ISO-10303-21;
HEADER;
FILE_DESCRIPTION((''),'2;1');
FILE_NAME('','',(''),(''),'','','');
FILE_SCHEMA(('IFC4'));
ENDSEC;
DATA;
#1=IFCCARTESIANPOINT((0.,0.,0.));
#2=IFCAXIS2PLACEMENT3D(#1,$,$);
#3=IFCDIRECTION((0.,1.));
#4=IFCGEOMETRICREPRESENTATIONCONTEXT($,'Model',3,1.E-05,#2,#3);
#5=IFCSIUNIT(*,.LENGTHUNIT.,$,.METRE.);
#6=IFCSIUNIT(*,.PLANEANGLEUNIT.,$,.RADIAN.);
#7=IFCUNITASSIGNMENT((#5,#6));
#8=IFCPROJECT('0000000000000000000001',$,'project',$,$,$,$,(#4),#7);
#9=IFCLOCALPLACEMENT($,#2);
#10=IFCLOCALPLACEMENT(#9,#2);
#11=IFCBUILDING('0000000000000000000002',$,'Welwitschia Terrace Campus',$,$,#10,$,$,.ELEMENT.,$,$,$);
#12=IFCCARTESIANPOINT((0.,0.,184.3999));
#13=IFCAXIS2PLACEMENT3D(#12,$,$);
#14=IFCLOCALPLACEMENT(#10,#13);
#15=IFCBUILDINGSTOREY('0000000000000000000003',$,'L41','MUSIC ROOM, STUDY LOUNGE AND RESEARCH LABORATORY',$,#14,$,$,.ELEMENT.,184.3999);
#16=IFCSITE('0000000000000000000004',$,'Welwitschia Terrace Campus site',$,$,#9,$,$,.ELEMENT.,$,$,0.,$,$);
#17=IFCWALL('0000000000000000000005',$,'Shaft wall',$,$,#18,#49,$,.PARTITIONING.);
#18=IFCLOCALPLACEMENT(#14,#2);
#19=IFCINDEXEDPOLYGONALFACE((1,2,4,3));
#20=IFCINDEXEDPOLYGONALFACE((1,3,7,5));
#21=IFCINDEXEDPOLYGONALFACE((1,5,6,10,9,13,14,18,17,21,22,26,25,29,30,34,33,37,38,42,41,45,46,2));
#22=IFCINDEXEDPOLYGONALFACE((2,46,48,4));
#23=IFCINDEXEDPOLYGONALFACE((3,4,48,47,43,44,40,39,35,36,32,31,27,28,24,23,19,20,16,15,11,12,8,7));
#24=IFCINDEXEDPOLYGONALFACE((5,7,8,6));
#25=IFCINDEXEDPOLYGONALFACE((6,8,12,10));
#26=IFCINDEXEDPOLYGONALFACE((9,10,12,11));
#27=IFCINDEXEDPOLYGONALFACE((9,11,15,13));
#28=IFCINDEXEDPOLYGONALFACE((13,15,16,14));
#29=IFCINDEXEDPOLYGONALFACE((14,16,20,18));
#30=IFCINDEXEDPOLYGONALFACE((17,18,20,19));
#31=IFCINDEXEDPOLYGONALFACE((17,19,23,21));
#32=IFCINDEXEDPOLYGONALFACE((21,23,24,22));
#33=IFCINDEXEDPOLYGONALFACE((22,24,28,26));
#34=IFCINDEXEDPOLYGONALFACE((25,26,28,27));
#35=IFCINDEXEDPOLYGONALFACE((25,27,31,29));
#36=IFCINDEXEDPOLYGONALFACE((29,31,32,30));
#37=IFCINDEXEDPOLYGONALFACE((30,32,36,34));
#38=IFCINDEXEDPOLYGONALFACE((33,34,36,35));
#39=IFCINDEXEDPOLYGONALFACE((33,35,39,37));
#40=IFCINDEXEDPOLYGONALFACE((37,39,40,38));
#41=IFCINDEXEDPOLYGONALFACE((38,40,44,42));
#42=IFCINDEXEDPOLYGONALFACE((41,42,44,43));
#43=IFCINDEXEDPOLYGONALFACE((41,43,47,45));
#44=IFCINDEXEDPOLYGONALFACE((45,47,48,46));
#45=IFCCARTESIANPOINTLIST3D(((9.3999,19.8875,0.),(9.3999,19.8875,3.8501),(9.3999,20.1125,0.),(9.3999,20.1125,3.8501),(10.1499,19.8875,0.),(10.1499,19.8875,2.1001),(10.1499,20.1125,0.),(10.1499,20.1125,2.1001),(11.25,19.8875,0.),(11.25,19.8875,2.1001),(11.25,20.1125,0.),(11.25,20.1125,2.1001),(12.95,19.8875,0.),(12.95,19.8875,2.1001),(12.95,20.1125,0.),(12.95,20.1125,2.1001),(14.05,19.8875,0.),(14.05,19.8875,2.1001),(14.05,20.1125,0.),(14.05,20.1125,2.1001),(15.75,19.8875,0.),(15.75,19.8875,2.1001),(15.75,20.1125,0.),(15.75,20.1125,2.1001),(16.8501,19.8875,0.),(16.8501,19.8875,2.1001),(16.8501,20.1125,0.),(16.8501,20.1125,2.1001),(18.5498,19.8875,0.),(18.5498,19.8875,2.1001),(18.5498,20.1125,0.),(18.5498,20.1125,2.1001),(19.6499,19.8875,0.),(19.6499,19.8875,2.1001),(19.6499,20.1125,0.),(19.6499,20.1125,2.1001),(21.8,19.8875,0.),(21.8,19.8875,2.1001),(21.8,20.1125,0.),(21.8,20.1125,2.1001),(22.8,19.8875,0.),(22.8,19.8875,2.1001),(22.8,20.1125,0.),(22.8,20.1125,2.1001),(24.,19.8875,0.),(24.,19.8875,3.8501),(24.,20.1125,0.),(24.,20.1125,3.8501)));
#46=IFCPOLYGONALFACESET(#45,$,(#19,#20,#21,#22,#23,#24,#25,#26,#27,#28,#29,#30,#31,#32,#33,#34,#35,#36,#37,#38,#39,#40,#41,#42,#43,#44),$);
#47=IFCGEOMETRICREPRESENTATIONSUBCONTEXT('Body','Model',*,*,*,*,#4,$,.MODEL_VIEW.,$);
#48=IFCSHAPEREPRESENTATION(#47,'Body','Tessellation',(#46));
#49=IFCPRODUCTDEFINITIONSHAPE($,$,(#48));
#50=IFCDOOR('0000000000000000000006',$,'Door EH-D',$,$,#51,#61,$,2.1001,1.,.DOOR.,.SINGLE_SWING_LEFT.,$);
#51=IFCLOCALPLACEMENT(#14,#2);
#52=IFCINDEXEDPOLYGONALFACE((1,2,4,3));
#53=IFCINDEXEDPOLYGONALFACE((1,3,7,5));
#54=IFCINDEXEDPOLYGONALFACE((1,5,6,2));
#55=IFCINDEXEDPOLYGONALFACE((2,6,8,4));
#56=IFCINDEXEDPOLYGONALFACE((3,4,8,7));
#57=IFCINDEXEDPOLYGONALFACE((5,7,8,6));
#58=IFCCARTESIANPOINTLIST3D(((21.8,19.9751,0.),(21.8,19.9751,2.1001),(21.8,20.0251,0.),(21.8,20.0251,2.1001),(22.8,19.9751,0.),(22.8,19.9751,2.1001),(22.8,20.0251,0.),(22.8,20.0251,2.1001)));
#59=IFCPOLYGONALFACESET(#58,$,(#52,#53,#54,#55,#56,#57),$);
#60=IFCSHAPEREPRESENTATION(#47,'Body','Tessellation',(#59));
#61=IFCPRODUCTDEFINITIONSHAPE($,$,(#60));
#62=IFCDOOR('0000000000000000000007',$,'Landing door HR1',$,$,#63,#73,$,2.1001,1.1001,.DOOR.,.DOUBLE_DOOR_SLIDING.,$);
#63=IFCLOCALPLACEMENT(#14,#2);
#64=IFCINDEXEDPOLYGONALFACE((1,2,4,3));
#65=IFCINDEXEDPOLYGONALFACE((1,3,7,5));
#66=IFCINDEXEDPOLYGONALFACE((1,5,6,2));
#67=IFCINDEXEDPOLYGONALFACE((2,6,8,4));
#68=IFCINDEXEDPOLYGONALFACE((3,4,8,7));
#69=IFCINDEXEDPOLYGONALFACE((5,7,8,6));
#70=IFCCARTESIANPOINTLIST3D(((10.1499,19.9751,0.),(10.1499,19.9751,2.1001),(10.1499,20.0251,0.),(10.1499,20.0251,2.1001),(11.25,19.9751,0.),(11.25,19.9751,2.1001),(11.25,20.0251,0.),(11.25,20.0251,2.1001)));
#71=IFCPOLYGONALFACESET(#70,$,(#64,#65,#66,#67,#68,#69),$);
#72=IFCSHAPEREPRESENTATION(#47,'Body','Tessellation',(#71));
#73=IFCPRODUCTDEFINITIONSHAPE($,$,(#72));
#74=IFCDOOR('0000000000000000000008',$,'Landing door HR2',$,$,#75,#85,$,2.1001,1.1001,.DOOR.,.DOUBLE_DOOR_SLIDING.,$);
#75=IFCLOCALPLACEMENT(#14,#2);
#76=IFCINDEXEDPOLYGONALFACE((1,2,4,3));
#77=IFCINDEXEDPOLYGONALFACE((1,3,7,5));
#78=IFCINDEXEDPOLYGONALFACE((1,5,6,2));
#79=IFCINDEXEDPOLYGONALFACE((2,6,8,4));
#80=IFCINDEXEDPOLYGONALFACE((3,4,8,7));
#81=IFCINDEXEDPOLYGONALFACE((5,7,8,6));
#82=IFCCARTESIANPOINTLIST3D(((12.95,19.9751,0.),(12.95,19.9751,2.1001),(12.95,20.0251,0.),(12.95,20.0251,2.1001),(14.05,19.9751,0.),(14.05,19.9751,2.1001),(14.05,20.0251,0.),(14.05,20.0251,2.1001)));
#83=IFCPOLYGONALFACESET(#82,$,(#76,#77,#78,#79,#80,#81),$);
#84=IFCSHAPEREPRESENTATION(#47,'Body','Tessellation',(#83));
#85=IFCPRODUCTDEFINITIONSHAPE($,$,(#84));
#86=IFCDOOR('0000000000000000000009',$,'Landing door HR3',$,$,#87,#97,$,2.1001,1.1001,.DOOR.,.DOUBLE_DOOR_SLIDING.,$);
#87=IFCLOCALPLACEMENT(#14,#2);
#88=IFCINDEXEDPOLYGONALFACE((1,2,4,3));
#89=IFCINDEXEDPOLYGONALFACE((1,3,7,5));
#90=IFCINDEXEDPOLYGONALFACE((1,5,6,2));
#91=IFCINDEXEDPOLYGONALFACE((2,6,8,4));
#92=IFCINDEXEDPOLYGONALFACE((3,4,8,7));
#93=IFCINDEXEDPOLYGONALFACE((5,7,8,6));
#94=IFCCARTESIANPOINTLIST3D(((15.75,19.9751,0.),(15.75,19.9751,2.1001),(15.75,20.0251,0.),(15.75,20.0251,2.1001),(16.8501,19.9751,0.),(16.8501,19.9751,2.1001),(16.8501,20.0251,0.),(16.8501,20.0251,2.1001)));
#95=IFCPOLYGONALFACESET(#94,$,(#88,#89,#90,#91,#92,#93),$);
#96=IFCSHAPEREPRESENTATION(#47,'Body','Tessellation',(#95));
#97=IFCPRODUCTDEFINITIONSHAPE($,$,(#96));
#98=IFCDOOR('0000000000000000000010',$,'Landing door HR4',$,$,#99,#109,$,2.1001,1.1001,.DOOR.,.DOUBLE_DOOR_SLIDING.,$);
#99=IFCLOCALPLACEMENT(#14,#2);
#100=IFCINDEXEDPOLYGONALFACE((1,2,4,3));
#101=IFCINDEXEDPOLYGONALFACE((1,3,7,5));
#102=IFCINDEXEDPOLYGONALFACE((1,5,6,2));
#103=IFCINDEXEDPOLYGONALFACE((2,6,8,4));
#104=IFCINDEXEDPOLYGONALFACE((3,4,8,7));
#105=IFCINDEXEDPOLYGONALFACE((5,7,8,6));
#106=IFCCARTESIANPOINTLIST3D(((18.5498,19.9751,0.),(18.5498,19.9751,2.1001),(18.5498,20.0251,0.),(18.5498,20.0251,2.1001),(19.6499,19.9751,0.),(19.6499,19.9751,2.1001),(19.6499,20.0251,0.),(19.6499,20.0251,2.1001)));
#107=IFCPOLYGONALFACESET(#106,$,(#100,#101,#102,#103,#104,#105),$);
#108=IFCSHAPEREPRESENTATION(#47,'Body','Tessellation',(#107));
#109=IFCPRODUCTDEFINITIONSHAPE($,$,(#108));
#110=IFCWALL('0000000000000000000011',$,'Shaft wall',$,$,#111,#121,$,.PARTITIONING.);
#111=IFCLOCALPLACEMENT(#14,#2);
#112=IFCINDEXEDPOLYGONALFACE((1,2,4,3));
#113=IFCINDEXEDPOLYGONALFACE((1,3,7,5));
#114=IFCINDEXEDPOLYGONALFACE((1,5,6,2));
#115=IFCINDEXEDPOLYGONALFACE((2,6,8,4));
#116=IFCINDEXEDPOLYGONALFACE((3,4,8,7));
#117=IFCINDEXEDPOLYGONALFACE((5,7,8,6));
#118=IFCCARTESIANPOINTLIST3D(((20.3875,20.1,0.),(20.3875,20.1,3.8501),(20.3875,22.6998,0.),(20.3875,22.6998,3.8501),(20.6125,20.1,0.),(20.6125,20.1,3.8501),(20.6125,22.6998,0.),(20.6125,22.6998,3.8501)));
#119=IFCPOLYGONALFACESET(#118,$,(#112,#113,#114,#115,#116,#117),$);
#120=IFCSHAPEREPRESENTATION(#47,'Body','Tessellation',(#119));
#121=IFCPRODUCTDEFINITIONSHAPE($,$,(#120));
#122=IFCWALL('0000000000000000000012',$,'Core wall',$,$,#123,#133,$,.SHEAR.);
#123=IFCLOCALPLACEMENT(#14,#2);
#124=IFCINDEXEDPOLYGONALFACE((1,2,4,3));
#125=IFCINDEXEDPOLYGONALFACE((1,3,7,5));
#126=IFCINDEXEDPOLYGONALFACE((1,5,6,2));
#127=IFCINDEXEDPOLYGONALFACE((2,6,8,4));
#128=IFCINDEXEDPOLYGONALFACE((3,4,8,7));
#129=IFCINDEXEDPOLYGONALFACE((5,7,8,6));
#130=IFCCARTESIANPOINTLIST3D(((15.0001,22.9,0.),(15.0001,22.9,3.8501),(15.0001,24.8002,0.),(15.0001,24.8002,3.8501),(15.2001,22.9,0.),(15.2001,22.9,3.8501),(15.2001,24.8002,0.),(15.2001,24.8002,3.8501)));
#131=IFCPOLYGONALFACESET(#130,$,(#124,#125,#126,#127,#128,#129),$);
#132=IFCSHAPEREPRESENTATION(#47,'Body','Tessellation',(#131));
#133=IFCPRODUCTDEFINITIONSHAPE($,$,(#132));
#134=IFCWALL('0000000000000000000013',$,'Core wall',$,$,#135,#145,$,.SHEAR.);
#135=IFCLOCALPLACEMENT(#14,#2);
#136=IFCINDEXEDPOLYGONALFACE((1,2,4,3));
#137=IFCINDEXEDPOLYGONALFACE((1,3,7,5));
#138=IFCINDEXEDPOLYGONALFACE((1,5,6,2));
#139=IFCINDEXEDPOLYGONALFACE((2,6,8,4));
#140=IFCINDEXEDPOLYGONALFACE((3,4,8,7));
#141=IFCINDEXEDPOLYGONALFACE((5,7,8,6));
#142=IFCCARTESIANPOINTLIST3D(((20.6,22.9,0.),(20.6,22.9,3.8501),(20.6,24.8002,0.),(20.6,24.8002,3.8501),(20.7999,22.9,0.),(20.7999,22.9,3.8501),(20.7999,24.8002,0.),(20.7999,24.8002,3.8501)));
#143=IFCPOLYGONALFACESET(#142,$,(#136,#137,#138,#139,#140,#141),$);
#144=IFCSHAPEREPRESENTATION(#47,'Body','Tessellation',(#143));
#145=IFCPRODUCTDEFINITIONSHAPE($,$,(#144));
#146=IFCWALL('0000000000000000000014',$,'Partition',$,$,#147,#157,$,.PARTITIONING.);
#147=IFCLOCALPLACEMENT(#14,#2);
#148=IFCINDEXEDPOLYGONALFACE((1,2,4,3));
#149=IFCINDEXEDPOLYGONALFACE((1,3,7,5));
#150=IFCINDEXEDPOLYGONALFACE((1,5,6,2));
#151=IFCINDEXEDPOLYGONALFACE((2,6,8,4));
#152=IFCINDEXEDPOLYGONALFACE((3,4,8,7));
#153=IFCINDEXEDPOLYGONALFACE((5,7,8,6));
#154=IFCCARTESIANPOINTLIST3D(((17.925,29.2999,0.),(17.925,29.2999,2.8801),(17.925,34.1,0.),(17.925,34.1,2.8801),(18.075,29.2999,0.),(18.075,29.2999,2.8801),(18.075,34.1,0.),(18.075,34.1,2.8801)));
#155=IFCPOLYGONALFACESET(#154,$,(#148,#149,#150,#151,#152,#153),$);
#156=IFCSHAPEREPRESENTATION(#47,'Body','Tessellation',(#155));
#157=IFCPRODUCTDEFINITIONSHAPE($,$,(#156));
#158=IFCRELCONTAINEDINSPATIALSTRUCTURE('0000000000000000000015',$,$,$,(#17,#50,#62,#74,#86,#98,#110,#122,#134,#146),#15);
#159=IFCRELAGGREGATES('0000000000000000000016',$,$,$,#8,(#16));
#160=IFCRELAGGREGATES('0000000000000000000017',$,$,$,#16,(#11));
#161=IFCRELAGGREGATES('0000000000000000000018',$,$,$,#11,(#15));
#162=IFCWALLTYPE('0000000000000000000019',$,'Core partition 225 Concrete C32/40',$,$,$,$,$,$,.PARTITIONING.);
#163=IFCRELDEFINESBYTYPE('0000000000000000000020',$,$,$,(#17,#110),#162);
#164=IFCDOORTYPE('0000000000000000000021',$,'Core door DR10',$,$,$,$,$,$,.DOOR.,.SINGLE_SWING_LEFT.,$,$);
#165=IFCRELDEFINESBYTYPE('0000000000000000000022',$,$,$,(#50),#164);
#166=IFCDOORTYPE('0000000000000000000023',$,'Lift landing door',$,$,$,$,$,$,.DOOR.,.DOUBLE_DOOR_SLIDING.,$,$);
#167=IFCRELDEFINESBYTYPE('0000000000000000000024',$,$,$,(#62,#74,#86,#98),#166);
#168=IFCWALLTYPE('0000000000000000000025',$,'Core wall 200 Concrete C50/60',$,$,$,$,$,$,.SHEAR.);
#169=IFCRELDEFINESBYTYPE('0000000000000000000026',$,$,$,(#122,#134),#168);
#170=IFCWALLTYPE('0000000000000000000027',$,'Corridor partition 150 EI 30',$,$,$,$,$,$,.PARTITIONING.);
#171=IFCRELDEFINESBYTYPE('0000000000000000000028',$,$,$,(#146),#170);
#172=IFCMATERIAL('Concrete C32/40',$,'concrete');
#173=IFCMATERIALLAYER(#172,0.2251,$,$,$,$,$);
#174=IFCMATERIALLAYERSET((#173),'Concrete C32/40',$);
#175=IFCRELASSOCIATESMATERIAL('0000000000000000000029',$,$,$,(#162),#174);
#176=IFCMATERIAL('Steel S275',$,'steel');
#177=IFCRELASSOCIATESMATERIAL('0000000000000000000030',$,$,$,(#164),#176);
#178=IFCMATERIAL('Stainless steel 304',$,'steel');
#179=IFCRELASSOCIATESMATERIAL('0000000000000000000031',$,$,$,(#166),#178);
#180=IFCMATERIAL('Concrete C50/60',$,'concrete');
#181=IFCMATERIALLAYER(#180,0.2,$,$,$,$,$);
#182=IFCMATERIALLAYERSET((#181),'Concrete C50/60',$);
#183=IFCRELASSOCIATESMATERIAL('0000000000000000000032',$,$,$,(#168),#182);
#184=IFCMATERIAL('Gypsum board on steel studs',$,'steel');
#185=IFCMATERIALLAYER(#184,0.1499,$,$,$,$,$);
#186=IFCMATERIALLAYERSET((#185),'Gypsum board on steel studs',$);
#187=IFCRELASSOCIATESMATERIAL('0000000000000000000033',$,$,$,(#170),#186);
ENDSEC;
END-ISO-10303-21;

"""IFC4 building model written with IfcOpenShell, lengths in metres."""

from ifc_helpers import new_model, si_unit, direction, frame, frame_2d, origin, place, context, subcontext, project, spatial, rectangle, extrude, material, layer, layer_set, type_object, element, fill, save


model = new_model("IFC4")

# Units and contexts
model_context = context("Model", 3, precision=1e-05, world=origin(), true_north=direction((0.0, 1.0)))
body_context = subcontext(model_context, "Body", "Model", "MODEL_VIEW")
ifc_project = project(units=[si_unit("LENGTHUNIT", "METRE"), si_unit("PLANEANGLEUNIT", "RADIAN")], contexts=[model_context])

# Site, building, storey
site_placement = place(None, origin())
site = spatial("IfcSite", under=ifc_project, at=site_placement, Name="Welwitschia Terrace Campus site", CompositionType="ELEMENT", RefElevation=0.0)
building_placement = place(site_placement, origin())
building = spatial("IfcBuilding", under=site, at=building_placement, Name="Welwitschia Terrace Campus", CompositionType="ELEMENT")
storey_placement = place(building_placement, frame((0.0, 0.0, 184.3999)))
storey = spatial("IfcBuildingStorey", under=building, at=storey_placement, Name="L41", Description="MUSIC ROOM, STUDY LOUNGE AND RESEARCH LABORATORY", CompositionType="ELEMENT", Elevation=184.3999)

# Wall, openings, doors
ifc_material_1 = material(Name="Concrete C32/40", Category="concrete")
ifc_layer_1 = layer(ifc_material_1, 0.2251)
ifc_layer_set_1 = layer_set([ifc_layer_1], Name="Concrete C32/40")
wall_type_1 = type_object("IfcWallType", Name="Core partition 225 Concrete C32/40", PredefinedType="PARTITIONING", material=ifc_layer_set_1)
wall_1_placement = place(storey_placement, frame((24.0, 20.0, 0.0), z_axis=(0.0, 0.0, 1.0), x_axis=(-1.0, 0.0, 0.0)))
wall_1 = element("IfcWall", 1, at=wall_1_placement, inside=storey, type_object=wall_type_1, Name="Shaft wall", PredefinedType="PARTITIONING", context=body_context, shape_type="SweptSolid", body=[
    extrude(rectangle(XDim=14.6001, YDim=0.2251, at=frame_2d((7.3, 0.0))), origin(), (0.0, 0.0, 1.0), 3.8501),
])
opening_1_placement = place(wall_1_placement, frame((12.75, 0.0, 0.0)))
opening_1 = element("IfcOpeningElement", 2, at=opening_1_placement, cuts=wall_1, PredefinedType="OPENING", context=body_context, shape_type="SweptSolid", body=[
    extrude(rectangle(XDim=1.1001, YDim=2.1001, at=frame_2d((0.55, 1.05))), frame((0.0, 0.1226, 0.0), z_axis=(0.0, -1.0, 0.0), x_axis=(1.0, 0.0, 0.0)), (0.0, 0.0, 1.0), 0.2451),
])
opening_2_placement = place(wall_1_placement, frame((9.95, 0.0, 0.0)))
opening_2 = element("IfcOpeningElement", 3, at=opening_2_placement, cuts=wall_1, PredefinedType="OPENING", context=body_context, shape_type="SweptSolid", body=[
    extrude(rectangle(XDim=1.1001, YDim=2.1001, at=frame_2d((0.55, 1.05))), frame((0.0, 0.1226, 0.0), z_axis=(0.0, -1.0, 0.0), x_axis=(1.0, 0.0, 0.0)), (0.0, 0.0, 1.0), 0.2451),
])
opening_3_placement = place(wall_1_placement, frame((7.1499, 0.0, 0.0)))
opening_3 = element("IfcOpeningElement", 4, at=opening_3_placement, cuts=wall_1, PredefinedType="OPENING", context=body_context, shape_type="SweptSolid", body=[
    extrude(rectangle(XDim=1.1001, YDim=2.1001, at=frame_2d((0.55, 1.05))), frame((0.0, 0.1226, 0.0), z_axis=(0.0, -1.0, 0.0), x_axis=(1.0, 0.0, 0.0)), (0.0, 0.0, 1.0), 0.2451),
])
opening_4_placement = place(wall_1_placement, frame((4.3501, 0.0, 0.0)))
opening_4 = element("IfcOpeningElement", 5, at=opening_4_placement, cuts=wall_1, PredefinedType="OPENING", context=body_context, shape_type="SweptSolid", body=[
    extrude(rectangle(XDim=1.1001, YDim=2.1001, at=frame_2d((0.55, 1.05))), frame((0.0, 0.1226, 0.0), z_axis=(0.0, -1.0, 0.0), x_axis=(1.0, 0.0, 0.0)), (0.0, 0.0, 1.0), 0.2451),
])
opening_5_placement = place(wall_1_placement, frame((1.2, 0.0, 0.0)))
opening_5 = element("IfcOpeningElement", 6, at=opening_5_placement, cuts=wall_1, PredefinedType="OPENING", context=body_context, shape_type="SweptSolid", body=[
    extrude(rectangle(XDim=1.0, YDim=2.1001, at=frame_2d((0.5, 1.05))), frame((0.0, 0.1226, 0.0), z_axis=(0.0, -1.0, 0.0), x_axis=(1.0, 0.0, 0.0)), (0.0, 0.0, 1.0), 0.2451),
])
ifc_material_2 = material(Name="Steel S275", Category="steel")
door_type_1 = type_object("IfcDoorType", Name="Core door DR10", OperationType="SINGLE_SWING_LEFT", PredefinedType="DOOR", material=ifc_material_2)
door_1_placement = place(opening_5_placement, origin())
door_1 = element("IfcDoor", 7, at=door_1_placement, inside=storey, type_object=door_type_1, Name="Door EH-D", OperationType="SINGLE_SWING_LEFT", OverallHeight=2.1001, OverallWidth=1.0, PredefinedType="DOOR", context=body_context, shape_type="SweptSolid", body=[
    extrude(rectangle(XDim=1.0, YDim=2.1001, at=frame_2d((0.5, 1.05))), frame((0.0, 0.0249, 0.0), z_axis=(0.0, -1.0, 0.0), x_axis=(1.0, 0.0, 0.0)), (0.0, 0.0, 1.0), 0.05),
])
fill(opening_5, door_1)
ifc_material_3 = material(Name="Stainless steel 304", Category="steel")
door_type_2 = type_object("IfcDoorType", Name="Lift landing door", OperationType="DOUBLE_DOOR_SLIDING", PredefinedType="DOOR", material=ifc_material_3)
door_2_placement = place(opening_1_placement, origin())
door_2 = element("IfcDoor", 8, at=door_2_placement, inside=storey, type_object=door_type_2, Name="Landing door HR1", OperationType="DOUBLE_DOOR_SLIDING", OverallHeight=2.1001, OverallWidth=1.1001, PredefinedType="DOOR", context=body_context, shape_type="SweptSolid", body=[
    extrude(rectangle(XDim=1.1001, YDim=2.1001, at=frame_2d((0.55, 1.05))), frame((0.0, 0.0249, 0.0), z_axis=(0.0, -1.0, 0.0), x_axis=(1.0, 0.0, 0.0)), (0.0, 0.0, 1.0), 0.05),
])
fill(opening_1, door_2)
door_3_placement = place(opening_2_placement, origin())
door_3 = element("IfcDoor", 9, at=door_3_placement, inside=storey, type_object=door_type_2, Name="Landing door HR2", OperationType="DOUBLE_DOOR_SLIDING", OverallHeight=2.1001, OverallWidth=1.1001, PredefinedType="DOOR", context=body_context, shape_type="SweptSolid", body=[
    extrude(rectangle(XDim=1.1001, YDim=2.1001, at=frame_2d((0.55, 1.05))), frame((0.0, 0.0249, 0.0), z_axis=(0.0, -1.0, 0.0), x_axis=(1.0, 0.0, 0.0)), (0.0, 0.0, 1.0), 0.05),
])
fill(opening_2, door_3)
door_4_placement = place(opening_3_placement, origin())
door_4 = element("IfcDoor", 10, at=door_4_placement, inside=storey, type_object=door_type_2, Name="Landing door HR3", OperationType="DOUBLE_DOOR_SLIDING", OverallHeight=2.1001, OverallWidth=1.1001, PredefinedType="DOOR", context=body_context, shape_type="SweptSolid", body=[
    extrude(rectangle(XDim=1.1001, YDim=2.1001, at=frame_2d((0.55, 1.05))), frame((0.0, 0.0249, 0.0), z_axis=(0.0, -1.0, 0.0), x_axis=(1.0, 0.0, 0.0)), (0.0, 0.0, 1.0), 0.05),
])
fill(opening_3, door_4)
door_5_placement = place(opening_4_placement, origin())
door_5 = element("IfcDoor", 11, at=door_5_placement, inside=storey, type_object=door_type_2, Name="Landing door HR4", OperationType="DOUBLE_DOOR_SLIDING", OverallHeight=2.1001, OverallWidth=1.1001, PredefinedType="DOOR", context=body_context, shape_type="SweptSolid", body=[
    extrude(rectangle(XDim=1.1001, YDim=2.1001, at=frame_2d((0.55, 1.05))), frame((0.0, 0.0249, 0.0), z_axis=(0.0, -1.0, 0.0), x_axis=(1.0, 0.0, 0.0)), (0.0, 0.0, 1.0), 0.05),
])
fill(opening_4, door_5)

# Walls
wall_2_placement = place(storey_placement, frame((20.5, 20.1001, 0.0), z_axis=(0.0, 0.0, 1.0), x_axis=(0.0, 1.0, 0.0)))
element("IfcWall", 12, at=wall_2_placement, inside=storey, type_object=wall_type_1, Name="Shaft wall", PredefinedType="PARTITIONING", context=body_context, shape_type="SweptSolid", body=[
    extrude(rectangle(XDim=2.5999, YDim=0.2251, at=frame_2d((1.2998, 0.0))), origin(), (0.0, 0.0, 1.0), 3.8501),
])
ifc_material_4 = material(Name="Concrete C50/60", Category="concrete")
ifc_layer_2 = layer(ifc_material_4, 0.2)
ifc_layer_set_2 = layer_set([ifc_layer_2], Name="Concrete C50/60")
wall_type_2 = type_object("IfcWallType", Name="Core wall 200 Concrete C50/60", PredefinedType="SHEAR", material=ifc_layer_set_2)
for number, where, z_axis, x_axis, name in (
    (13, (15.1001, 22.8999, 0.0), (0.0, 0.0, 1.0), (0.0, 1.0, 0.0), "Core wall"),
    (14, (20.7, 22.8999, 0.0), (0.0, 0.0, 1.0), (0.0, 1.0, 0.0), "Core wall"),
):
    element("IfcWall", number, at=place(storey_placement, frame(where, z_axis=z_axis, x_axis=x_axis)), inside=storey, type_object=wall_type_2, Name=name, PredefinedType="SHEAR", context=body_context, shape_type="SweptSolid", body=[
        extrude(rectangle(XDim=1.9001, YDim=0.2, at=frame_2d((0.9502, 0.0))), origin(), (0.0, 0.0, 1.0), 3.8501),
    ])
ifc_material_5 = material(Name="Gypsum board on steel studs", Category="steel")
ifc_layer_3 = layer(ifc_material_5, 0.1499)
ifc_layer_set_3 = layer_set([ifc_layer_3], Name="Gypsum board on steel studs")
wall_type_3 = type_object("IfcWallType", Name="Corridor partition 150 EI 30", PredefinedType="PARTITIONING", material=ifc_layer_set_3)
wall_3_placement = place(storey_placement, frame((18.0, 29.3, 0.0), z_axis=(0.0, 0.0, 1.0), x_axis=(0.0, 1.0, 0.0)))
element("IfcWall", 15, at=wall_3_placement, inside=storey, type_object=wall_type_3, Name="Partition", PredefinedType="PARTITIONING", context=body_context, shape_type="SweptSolid", body=[
    extrude(rectangle(XDim=4.8, YDim=0.1499, at=frame_2d((2.3999, 0.0))), origin(), (0.0, 0.0, 1.0), 2.8801),
])

save(model, "model.ifc")
